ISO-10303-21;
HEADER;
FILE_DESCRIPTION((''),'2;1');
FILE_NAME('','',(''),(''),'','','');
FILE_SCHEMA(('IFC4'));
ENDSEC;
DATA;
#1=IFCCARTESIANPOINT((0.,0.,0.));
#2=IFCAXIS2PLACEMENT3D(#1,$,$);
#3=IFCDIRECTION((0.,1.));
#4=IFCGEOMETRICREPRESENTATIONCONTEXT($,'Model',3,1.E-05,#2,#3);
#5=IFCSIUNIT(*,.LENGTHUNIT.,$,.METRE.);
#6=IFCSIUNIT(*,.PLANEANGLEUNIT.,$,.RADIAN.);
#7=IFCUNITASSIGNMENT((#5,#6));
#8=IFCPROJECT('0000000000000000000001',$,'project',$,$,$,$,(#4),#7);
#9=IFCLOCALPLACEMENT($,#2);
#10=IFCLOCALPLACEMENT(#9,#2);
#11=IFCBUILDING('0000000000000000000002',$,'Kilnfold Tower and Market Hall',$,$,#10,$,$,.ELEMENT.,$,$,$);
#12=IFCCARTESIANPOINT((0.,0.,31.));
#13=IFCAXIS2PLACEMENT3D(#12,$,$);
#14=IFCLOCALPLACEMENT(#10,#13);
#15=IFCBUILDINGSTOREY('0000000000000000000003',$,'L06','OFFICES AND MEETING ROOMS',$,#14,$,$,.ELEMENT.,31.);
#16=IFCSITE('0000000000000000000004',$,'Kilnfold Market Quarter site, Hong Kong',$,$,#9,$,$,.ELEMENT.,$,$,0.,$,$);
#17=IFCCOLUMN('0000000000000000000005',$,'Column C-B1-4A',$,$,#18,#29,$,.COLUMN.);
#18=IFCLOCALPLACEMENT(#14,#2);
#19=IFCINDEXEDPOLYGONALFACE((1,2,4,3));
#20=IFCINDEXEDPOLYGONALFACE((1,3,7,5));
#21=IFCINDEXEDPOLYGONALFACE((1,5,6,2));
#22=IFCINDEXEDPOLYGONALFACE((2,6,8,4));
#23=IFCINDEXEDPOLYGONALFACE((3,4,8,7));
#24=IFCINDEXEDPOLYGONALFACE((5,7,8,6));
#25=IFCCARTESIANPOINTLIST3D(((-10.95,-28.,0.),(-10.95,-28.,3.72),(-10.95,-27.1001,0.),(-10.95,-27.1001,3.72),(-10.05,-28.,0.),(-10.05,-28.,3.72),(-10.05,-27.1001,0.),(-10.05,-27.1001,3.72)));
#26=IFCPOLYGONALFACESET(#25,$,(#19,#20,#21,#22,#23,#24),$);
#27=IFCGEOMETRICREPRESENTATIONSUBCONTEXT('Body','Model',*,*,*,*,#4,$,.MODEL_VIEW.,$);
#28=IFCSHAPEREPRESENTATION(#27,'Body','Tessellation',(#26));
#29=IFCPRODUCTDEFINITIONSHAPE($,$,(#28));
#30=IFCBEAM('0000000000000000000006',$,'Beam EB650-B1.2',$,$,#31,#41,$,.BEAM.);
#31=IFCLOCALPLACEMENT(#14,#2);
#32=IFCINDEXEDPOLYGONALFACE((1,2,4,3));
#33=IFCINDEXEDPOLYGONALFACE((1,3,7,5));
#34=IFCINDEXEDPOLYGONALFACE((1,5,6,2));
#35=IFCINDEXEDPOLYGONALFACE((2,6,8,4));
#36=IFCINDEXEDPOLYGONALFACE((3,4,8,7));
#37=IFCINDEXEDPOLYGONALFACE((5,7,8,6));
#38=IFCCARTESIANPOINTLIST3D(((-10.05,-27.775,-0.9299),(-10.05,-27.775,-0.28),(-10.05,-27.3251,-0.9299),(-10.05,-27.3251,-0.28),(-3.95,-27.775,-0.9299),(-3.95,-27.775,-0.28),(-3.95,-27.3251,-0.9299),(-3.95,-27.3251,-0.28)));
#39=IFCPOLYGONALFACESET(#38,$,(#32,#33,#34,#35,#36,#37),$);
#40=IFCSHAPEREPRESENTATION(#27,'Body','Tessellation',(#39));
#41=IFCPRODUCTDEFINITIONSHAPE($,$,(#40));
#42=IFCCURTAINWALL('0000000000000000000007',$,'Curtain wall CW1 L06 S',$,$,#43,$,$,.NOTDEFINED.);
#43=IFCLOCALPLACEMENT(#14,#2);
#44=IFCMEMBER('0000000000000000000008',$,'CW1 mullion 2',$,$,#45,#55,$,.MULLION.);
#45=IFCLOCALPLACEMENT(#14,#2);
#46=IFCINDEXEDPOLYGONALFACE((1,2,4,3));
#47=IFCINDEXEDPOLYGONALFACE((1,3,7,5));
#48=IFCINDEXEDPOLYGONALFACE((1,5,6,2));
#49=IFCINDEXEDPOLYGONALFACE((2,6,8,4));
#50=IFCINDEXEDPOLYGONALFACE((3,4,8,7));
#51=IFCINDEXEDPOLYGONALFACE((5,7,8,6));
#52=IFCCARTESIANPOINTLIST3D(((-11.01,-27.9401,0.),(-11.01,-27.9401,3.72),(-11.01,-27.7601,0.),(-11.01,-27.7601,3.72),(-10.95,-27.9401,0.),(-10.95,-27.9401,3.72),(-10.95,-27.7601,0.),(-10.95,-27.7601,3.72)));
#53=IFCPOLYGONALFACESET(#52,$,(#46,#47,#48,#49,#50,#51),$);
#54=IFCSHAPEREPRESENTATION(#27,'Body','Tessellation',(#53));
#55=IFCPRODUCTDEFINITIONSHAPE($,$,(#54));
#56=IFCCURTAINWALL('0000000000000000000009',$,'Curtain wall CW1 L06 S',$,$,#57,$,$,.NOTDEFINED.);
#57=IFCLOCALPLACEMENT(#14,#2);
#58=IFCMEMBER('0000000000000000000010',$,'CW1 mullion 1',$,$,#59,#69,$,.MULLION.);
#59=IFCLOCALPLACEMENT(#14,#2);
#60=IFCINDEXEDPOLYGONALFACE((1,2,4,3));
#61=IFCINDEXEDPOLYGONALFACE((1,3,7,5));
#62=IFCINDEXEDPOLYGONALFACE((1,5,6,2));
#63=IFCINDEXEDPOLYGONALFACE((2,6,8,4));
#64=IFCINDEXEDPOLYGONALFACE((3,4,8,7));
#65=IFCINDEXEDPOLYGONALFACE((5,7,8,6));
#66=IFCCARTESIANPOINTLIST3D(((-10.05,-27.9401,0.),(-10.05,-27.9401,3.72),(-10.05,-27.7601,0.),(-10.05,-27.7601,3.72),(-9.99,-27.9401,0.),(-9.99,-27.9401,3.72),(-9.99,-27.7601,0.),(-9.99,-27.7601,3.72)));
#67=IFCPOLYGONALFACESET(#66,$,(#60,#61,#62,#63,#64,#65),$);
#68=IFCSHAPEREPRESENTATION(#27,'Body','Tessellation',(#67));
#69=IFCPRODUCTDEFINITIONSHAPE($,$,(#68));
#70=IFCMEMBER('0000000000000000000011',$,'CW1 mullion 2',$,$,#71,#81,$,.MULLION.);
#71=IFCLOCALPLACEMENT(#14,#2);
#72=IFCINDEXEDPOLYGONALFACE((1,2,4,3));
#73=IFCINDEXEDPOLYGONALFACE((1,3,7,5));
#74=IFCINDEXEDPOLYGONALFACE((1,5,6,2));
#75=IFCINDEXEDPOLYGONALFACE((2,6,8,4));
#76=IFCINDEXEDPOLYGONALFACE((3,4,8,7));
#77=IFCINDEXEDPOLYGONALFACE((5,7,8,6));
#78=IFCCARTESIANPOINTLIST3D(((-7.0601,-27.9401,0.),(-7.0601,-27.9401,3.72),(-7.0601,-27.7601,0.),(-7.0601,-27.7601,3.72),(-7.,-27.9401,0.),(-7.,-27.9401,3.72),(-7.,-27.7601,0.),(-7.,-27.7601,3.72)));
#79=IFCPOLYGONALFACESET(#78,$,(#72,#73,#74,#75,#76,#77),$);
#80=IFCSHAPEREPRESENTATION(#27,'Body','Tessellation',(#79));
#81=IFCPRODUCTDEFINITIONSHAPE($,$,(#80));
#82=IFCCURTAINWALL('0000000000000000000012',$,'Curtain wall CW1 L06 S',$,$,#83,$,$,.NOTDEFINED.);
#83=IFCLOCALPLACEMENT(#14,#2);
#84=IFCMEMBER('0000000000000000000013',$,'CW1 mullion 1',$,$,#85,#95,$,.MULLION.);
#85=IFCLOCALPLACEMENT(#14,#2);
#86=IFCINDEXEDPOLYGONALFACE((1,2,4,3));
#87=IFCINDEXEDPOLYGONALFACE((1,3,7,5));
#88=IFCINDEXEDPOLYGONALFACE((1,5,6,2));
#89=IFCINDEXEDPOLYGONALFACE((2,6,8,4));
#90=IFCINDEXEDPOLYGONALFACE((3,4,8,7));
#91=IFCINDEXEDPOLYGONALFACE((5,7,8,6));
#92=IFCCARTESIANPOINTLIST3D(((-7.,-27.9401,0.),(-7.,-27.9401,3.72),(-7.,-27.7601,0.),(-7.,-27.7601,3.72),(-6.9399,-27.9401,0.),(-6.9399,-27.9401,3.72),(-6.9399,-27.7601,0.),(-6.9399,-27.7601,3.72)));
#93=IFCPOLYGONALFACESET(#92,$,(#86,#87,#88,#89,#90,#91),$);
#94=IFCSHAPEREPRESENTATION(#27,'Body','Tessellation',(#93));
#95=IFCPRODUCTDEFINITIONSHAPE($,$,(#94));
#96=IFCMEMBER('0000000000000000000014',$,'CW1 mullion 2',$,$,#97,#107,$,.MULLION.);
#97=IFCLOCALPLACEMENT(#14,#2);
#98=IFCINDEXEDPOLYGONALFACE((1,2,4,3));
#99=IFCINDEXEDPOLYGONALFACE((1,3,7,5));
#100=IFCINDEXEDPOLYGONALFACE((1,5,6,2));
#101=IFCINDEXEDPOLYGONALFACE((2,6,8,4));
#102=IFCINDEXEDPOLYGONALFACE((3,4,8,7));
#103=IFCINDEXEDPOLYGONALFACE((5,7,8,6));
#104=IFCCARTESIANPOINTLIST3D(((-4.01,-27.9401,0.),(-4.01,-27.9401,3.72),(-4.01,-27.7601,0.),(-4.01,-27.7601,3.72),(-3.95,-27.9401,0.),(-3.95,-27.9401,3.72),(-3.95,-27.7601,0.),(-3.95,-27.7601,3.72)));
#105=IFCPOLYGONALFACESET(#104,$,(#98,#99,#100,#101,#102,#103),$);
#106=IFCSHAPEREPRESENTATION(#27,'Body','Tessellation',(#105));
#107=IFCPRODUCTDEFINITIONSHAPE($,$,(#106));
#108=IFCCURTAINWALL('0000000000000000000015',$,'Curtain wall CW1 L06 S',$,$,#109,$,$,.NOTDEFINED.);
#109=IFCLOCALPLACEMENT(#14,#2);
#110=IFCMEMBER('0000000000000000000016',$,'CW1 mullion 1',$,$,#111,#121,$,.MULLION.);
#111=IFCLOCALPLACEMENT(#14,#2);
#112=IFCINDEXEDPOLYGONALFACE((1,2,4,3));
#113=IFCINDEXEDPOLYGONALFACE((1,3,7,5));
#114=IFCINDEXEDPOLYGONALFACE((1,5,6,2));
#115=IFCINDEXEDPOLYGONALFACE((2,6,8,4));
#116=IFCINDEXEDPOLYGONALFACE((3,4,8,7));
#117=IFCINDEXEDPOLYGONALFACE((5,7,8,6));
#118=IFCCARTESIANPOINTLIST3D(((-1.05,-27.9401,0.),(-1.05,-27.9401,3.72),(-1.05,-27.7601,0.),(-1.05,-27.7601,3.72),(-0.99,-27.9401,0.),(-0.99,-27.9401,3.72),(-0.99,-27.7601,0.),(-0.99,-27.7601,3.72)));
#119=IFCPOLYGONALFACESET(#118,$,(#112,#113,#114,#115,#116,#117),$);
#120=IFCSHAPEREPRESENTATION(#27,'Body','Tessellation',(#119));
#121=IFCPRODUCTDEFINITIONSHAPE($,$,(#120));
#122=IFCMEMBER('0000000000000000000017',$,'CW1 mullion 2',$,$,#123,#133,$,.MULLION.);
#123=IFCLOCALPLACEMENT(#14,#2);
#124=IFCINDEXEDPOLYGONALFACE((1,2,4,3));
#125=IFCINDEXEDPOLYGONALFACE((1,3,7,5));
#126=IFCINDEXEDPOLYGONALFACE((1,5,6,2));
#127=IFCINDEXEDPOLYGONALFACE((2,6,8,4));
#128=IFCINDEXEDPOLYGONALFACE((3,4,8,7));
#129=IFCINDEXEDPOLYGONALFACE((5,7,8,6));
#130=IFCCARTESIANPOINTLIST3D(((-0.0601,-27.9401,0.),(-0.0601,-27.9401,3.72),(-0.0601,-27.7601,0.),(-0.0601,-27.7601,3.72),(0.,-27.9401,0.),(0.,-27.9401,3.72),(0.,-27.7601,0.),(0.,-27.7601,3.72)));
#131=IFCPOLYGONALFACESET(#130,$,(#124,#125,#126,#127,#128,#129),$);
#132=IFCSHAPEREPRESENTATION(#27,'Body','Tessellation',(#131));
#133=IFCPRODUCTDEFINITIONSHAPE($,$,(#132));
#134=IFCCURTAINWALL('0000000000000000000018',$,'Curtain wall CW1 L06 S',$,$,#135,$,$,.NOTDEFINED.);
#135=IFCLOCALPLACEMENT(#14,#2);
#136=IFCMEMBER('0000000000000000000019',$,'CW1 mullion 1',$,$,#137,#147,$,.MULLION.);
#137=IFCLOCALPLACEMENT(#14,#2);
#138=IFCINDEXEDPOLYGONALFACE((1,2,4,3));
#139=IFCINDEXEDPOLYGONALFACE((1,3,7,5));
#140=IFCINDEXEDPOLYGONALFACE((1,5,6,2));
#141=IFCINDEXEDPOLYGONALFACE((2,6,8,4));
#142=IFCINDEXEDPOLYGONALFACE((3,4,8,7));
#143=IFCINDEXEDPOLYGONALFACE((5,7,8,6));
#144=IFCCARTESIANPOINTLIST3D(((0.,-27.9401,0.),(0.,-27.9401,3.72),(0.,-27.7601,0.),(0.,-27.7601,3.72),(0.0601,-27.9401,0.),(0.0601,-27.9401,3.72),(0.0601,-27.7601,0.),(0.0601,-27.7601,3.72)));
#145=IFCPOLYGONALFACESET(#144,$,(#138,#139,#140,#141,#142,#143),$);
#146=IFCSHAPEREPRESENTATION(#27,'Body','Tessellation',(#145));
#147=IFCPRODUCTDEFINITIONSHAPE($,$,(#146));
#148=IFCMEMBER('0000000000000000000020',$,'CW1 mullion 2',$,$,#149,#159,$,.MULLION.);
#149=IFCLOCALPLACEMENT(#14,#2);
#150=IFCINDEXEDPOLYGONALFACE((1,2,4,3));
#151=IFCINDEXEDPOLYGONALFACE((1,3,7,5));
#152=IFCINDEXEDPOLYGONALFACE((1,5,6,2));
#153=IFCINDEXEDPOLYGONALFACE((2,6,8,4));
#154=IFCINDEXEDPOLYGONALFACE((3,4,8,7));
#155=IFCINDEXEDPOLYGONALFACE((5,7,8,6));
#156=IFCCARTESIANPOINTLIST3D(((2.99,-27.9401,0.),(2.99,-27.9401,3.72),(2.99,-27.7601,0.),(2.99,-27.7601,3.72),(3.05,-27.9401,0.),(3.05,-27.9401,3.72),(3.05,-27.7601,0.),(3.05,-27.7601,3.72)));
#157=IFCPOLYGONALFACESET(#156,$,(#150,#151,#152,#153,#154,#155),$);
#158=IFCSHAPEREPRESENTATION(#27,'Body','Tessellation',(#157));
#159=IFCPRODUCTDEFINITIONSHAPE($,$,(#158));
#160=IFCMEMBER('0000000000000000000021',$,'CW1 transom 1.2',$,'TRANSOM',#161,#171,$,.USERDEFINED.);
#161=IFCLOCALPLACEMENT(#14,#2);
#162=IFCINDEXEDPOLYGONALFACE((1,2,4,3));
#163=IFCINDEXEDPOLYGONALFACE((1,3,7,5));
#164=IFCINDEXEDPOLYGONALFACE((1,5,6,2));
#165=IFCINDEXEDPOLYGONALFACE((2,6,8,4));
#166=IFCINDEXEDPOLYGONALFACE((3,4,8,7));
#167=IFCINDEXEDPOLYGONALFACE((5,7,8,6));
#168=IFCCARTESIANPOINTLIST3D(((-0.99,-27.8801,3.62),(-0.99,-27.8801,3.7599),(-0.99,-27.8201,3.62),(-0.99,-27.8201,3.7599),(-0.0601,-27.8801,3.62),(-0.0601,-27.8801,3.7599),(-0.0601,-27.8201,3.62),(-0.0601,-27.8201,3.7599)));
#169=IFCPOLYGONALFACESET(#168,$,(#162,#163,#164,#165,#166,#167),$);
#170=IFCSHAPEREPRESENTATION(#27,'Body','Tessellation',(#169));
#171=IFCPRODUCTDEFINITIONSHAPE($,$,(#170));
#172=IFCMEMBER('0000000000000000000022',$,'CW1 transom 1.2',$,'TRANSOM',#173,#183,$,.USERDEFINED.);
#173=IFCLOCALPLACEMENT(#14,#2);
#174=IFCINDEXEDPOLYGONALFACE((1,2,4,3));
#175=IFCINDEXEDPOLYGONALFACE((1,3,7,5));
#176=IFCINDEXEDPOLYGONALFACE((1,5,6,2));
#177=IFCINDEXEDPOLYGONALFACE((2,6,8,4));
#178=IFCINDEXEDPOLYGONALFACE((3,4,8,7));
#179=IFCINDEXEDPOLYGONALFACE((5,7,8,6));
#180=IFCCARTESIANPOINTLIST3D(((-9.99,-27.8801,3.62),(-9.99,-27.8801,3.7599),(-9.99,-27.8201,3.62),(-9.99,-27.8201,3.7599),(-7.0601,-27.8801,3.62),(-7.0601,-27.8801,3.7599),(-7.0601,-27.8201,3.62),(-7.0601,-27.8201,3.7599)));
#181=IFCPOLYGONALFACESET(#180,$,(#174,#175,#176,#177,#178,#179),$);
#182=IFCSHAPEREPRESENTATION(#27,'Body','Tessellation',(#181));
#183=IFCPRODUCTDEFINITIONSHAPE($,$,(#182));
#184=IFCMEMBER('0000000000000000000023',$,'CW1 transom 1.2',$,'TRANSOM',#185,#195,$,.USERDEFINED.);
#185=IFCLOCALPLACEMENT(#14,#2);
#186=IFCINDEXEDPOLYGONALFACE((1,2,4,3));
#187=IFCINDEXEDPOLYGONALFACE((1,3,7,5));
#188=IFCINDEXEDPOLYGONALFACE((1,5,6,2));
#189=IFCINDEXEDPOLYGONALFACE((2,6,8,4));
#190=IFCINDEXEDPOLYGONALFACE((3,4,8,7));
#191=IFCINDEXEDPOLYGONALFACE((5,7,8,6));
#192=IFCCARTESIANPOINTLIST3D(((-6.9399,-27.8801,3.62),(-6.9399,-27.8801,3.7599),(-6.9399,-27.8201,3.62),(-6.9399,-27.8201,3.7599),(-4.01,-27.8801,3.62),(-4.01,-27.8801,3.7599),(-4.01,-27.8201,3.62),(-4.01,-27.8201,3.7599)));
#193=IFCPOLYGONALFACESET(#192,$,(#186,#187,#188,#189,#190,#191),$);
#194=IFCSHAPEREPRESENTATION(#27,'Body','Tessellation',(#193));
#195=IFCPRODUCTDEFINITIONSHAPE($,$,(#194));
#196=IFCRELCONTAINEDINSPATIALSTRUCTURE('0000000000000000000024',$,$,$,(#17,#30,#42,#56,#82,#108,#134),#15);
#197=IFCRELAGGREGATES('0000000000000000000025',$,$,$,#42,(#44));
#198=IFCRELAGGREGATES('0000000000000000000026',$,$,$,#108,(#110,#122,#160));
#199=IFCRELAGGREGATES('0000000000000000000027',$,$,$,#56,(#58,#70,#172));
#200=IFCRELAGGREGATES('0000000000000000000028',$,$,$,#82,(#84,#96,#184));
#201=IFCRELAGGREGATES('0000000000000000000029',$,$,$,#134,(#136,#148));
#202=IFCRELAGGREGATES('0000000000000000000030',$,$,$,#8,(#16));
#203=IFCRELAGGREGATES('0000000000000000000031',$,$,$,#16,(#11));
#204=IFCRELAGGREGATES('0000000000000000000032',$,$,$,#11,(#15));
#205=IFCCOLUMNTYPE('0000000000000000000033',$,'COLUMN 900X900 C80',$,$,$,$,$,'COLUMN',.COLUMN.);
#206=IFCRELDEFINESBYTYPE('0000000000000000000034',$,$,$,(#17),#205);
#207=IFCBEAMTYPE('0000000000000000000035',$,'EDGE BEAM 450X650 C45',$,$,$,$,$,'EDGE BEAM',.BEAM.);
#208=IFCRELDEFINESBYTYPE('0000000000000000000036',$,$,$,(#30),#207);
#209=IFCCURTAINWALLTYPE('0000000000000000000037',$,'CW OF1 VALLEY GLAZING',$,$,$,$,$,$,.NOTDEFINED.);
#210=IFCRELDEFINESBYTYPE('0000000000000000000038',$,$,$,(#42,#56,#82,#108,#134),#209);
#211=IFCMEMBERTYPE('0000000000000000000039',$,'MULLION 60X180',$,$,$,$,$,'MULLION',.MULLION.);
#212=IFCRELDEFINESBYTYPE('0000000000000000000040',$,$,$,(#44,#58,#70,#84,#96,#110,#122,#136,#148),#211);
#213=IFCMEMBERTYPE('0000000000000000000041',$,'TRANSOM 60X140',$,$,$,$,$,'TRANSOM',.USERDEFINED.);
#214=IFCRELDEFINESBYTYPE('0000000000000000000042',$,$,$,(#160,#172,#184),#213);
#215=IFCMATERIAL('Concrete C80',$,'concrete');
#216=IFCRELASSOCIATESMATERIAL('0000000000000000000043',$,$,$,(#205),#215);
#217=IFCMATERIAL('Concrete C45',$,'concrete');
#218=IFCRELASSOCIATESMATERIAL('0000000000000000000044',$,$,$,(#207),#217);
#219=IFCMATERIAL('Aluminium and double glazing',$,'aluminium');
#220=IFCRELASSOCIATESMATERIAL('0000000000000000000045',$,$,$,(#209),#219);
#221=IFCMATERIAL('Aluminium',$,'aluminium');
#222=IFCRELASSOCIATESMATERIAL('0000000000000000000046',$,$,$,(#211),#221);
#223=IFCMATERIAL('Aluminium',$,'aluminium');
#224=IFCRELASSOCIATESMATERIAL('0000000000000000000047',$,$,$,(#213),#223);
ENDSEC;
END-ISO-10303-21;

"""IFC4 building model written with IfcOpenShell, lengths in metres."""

from ifc_helpers import new_model, si_unit, direction, frame, origin, origin_2d, place, context, subcontext, project, spatial, rectangle, extrude, source, transform, mapped, material, material_profile, profile_set, type_object, element, aggregate, save


model = new_model("IFC4")

# Units and contexts
model_context = context("Model", 3, precision=1e-05, world=origin(), true_north=direction((0.0, 1.0)))
body_context = subcontext(model_context, "Body", "Model", "MODEL_VIEW")
ifc_project = project(units=[si_unit("LENGTHUNIT", "METRE"), si_unit("PLANEANGLEUNIT", "RADIAN")], contexts=[model_context])

# Site, building, storey
site_placement = place(None, origin())
site = spatial("IfcSite", under=ifc_project, at=site_placement, Name="Kilnfold Market Quarter site, Hong Kong", CompositionType="ELEMENT", RefElevation=0.0)
building_placement = place(site_placement, origin())
building = spatial("IfcBuilding", under=site, at=building_placement, Name="Kilnfold Tower and Market Hall", CompositionType="ELEMENT")
storey_placement = place(building_placement, frame((0.0, 0.0, 31.0)))
storey = spatial("IfcBuildingStorey", under=building, at=storey_placement, Name="L06", Description="OFFICES AND MEETING ROOMS", CompositionType="ELEMENT", Elevation=31.0)

# Column
ifc_material_1 = material(Name="Concrete C80", Category="concrete")
ifc_material_profile_1 = material_profile(ifc_material_1, rectangle(XDim=0.8999, YDim=0.8999, at=origin_2d()), Name="RC 900x900")
ifc_profile_set_1 = profile_set([ifc_material_profile_1], Name="Concrete C80")
column_type = type_object("IfcColumnType", Name="COLUMN 900X900 C80", ElementType="COLUMN", PredefinedType="COLUMN", material=ifc_profile_set_1)
shared_shape_1 = source(origin(), body_context, "Body", "SweptSolid", [
    extrude(rectangle(XDim=0.8999, YDim=0.8999, at=origin_2d()), origin(), (0.0, 0.0, 1.0), 3.72),
])
column_placement = place(storey_placement, frame((-10.5, -27.55, 0.0), z_axis=(0.0, 0.0, 1.0), x_axis=(1.0, 0.0, 0.0)))
element("IfcColumn", 1, at=column_placement, inside=storey, type_object=column_type, Name="Column C-B1-4A", PredefinedType="COLUMN", context=body_context, shape_type="MappedRepresentation", body=[
    mapped(shared_shape_1, transform((0.0, 0.0, 0.0))),
])

# Beam
ifc_material_2 = material(Name="Concrete C45", Category="concrete")
ifc_material_profile_2 = material_profile(ifc_material_2, rectangle(XDim=0.45, YDim=0.6499, at=origin_2d()), Name="RC 450x650")
ifc_profile_set_2 = profile_set([ifc_material_profile_2], Name="Concrete C45")
beam_type = type_object("IfcBeamType", Name="EDGE BEAM 450X650 C45", ElementType="EDGE BEAM", PredefinedType="BEAM", material=ifc_profile_set_2)
shared_shape_2 = source(origin(), body_context, "Body", "SweptSolid", [
    extrude(rectangle(XDim=0.45, YDim=0.6499, at=origin_2d()), origin(), (0.0, 0.0, 1.0), 6.1001),
])
beam_placement = place(storey_placement, frame((-10.05, -27.55, -0.605), z_axis=(1.0, 0.0, 0.0), x_axis=(0.0, 1.0, 0.0)))
element("IfcBeam", 2, at=beam_placement, inside=storey, type_object=beam_type, Name="Beam EB650-B1.2", PredefinedType="BEAM", context=body_context, shape_type="MappedRepresentation", body=[
    mapped(shared_shape_2, transform((0.0, 0.0, 0.0))),
])

# Curtain wall, member
ifc_material_3 = material(Name="Aluminium and double glazing", Category="aluminium")
curtain_wall_type = type_object("IfcCurtainWallType", Name="CW OF1 VALLEY GLAZING", PredefinedType="NOTDEFINED", material=ifc_material_3)
curtain_wall_1_placement = place(storey_placement, origin())
curtain_wall_1 = element("IfcCurtainWall", 3, at=curtain_wall_1_placement, inside=storey, type_object=curtain_wall_type, Name="Curtain wall CW1 L06 S", PredefinedType="NOTDEFINED")
ifc_material_4 = material(Name="Aluminium", Category="aluminium")
ifc_material_profile_3 = material_profile(ifc_material_4, rectangle(XDim=0.0601, YDim=0.1799, at=origin_2d()), Name="MULLION 60x180")
ifc_profile_set_3 = profile_set([ifc_material_profile_3], Name="Aluminium")
member_type_1 = type_object("IfcMemberType", Name="MULLION 60X180", ElementType="MULLION", PredefinedType="MULLION", material=ifc_profile_set_3)
shared_shape_3 = source(origin(), body_context, "Body", "SweptSolid", [
    extrude(rectangle(XDim=0.0601, YDim=0.1799, at=origin_2d()), origin(), (0.0, 0.0, 1.0), 3.72),
])
member_1_placement = place(storey_placement, frame((-10.98, -27.8501, 0.0), z_axis=(0.0, 0.0, 1.0), x_axis=(1.0, 0.0, 0.0)))
member_1 = element("IfcMember", 4, at=member_1_placement, type_object=member_type_1, Name="CW1 mullion 2", PredefinedType="MULLION", context=body_context, shape_type="MappedRepresentation", body=[
    mapped(shared_shape_3, transform((0.0, 0.0, 0.0))),
])
aggregate(curtain_wall_1, [member_1])

# Curtain walls, members
curtain_wall_2_placement = place(storey_placement, origin())
curtain_wall_2 = element("IfcCurtainWall", 5, at=curtain_wall_2_placement, inside=storey, type_object=curtain_wall_type, Name="Curtain wall CW1 L06 S", PredefinedType="NOTDEFINED")
member_2_placement = place(storey_placement, frame((-10.02, -27.8501, 0.0), z_axis=(0.0, 0.0, 1.0), x_axis=(1.0, 0.0, 0.0)))
member_2 = element("IfcMember", 6, at=member_2_placement, type_object=member_type_1, Name="CW1 mullion 1", PredefinedType="MULLION", context=body_context, shape_type="MappedRepresentation", body=[
    mapped(shared_shape_3, transform((0.0, 0.0, 0.0))),
])
member_3_placement = place(storey_placement, frame((-7.03, -27.8501, 0.0), z_axis=(0.0, 0.0, 1.0), x_axis=(1.0, 0.0, 0.0)))
member_3 = element("IfcMember", 7, at=member_3_placement, type_object=member_type_1, Name="CW1 mullion 2", PredefinedType="MULLION", context=body_context, shape_type="MappedRepresentation", body=[
    mapped(shared_shape_3, transform((0.0, 0.0, 0.0))),
])
curtain_wall_3_placement = place(storey_placement, origin())
curtain_wall_3 = element("IfcCurtainWall", 8, at=curtain_wall_3_placement, inside=storey, type_object=curtain_wall_type, Name="Curtain wall CW1 L06 S", PredefinedType="NOTDEFINED")
member_4_placement = place(storey_placement, frame((-6.97, -27.8501, 0.0), z_axis=(0.0, 0.0, 1.0), x_axis=(1.0, 0.0, 0.0)))
member_4 = element("IfcMember", 9, at=member_4_placement, type_object=member_type_1, Name="CW1 mullion 1", PredefinedType="MULLION", context=body_context, shape_type="MappedRepresentation", body=[
    mapped(shared_shape_3, transform((0.0, 0.0, 0.0))),
])
member_5_placement = place(storey_placement, frame((-3.98, -27.8501, 0.0), z_axis=(0.0, 0.0, 1.0), x_axis=(1.0, 0.0, 0.0)))
member_5 = element("IfcMember", 10, at=member_5_placement, type_object=member_type_1, Name="CW1 mullion 2", PredefinedType="MULLION", context=body_context, shape_type="MappedRepresentation", body=[
    mapped(shared_shape_3, transform((0.0, 0.0, 0.0))),
])
curtain_wall_4_placement = place(storey_placement, origin())
curtain_wall_4 = element("IfcCurtainWall", 11, at=curtain_wall_4_placement, inside=storey, type_object=curtain_wall_type, Name="Curtain wall CW1 L06 S", PredefinedType="NOTDEFINED")
member_6_placement = place(storey_placement, frame((-1.02, -27.8501, 0.0), z_axis=(0.0, 0.0, 1.0), x_axis=(1.0, 0.0, 0.0)))
member_6 = element("IfcMember", 12, at=member_6_placement, type_object=member_type_1, Name="CW1 mullion 1", PredefinedType="MULLION", context=body_context, shape_type="MappedRepresentation", body=[
    mapped(shared_shape_3, transform((0.0, 0.0, 0.0))),
])
member_7_placement = place(storey_placement, frame((-0.03, -27.8501, 0.0), z_axis=(0.0, 0.0, 1.0), x_axis=(1.0, 0.0, 0.0)))
member_7 = element("IfcMember", 13, at=member_7_placement, type_object=member_type_1, Name="CW1 mullion 2", PredefinedType="MULLION", context=body_context, shape_type="MappedRepresentation", body=[
    mapped(shared_shape_3, transform((0.0, 0.0, 0.0))),
])
curtain_wall_5_placement = place(storey_placement, origin())
curtain_wall_5 = element("IfcCurtainWall", 14, at=curtain_wall_5_placement, inside=storey, type_object=curtain_wall_type, Name="Curtain wall CW1 L06 S", PredefinedType="NOTDEFINED")
member_8_placement = place(storey_placement, frame((0.03, -27.8501, 0.0), z_axis=(0.0, 0.0, 1.0), x_axis=(1.0, 0.0, 0.0)))
member_8 = element("IfcMember", 15, at=member_8_placement, type_object=member_type_1, Name="CW1 mullion 1", PredefinedType="MULLION", context=body_context, shape_type="MappedRepresentation", body=[
    mapped(shared_shape_3, transform((0.0, 0.0, 0.0))),
])
member_9_placement = place(storey_placement, frame((3.02, -27.8501, 0.0), z_axis=(0.0, 0.0, 1.0), x_axis=(1.0, 0.0, 0.0)))
member_9 = element("IfcMember", 16, at=member_9_placement, type_object=member_type_1, Name="CW1 mullion 2", PredefinedType="MULLION", context=body_context, shape_type="MappedRepresentation", body=[
    mapped(shared_shape_3, transform((0.0, 0.0, 0.0))),
])

# Members
ifc_material_5 = material(Name="Aluminium", Category="aluminium")
ifc_material_profile_4 = material_profile(ifc_material_5, rectangle(XDim=0.0601, YDim=0.1399, at=origin_2d()), Name="TRANSOM 60x140")
ifc_profile_set_4 = profile_set([ifc_material_profile_4], Name="Aluminium")
member_type_2 = type_object("IfcMemberType", Name="TRANSOM 60X140", ElementType="TRANSOM", PredefinedType="USERDEFINED", material=ifc_profile_set_4)
shared_shape_4 = source(origin(), body_context, "Body", "SweptSolid", [
    extrude(rectangle(XDim=0.0601, YDim=0.1399, at=origin_2d()), origin(), (0.0, 0.0, 1.0), 0.9299),
])
member_10_placement = place(storey_placement, frame((-0.99, -27.8501, 3.6899), z_axis=(1.0, 0.0, 0.0), x_axis=(0.0, 1.0, 0.0)))
member_10 = element("IfcMember", 17, at=member_10_placement, type_object=member_type_2, Name="CW1 transom 1.2", ObjectType="TRANSOM", PredefinedType="USERDEFINED", context=body_context, shape_type="MappedRepresentation", body=[
    mapped(shared_shape_4, transform((0.0, 0.0, 0.0))),
])
shared_shape_5 = source(origin(), body_context, "Body", "SweptSolid", [
    extrude(rectangle(XDim=0.0601, YDim=0.1399, at=origin_2d()), origin(), (0.0, 0.0, 1.0), 2.9299),
])
member_11_placement = place(storey_placement, frame((-9.99, -27.8501, 3.6899), z_axis=(1.0, 0.0, 0.0), x_axis=(0.0, 1.0, 0.0)))
member_11 = element("IfcMember", 18, at=member_11_placement, type_object=member_type_2, Name="CW1 transom 1.2", ObjectType="TRANSOM", PredefinedType="USERDEFINED", context=body_context, shape_type="MappedRepresentation", body=[
    mapped(shared_shape_5, transform((0.0, 0.0, 0.0))),
])
member_12_placement = place(storey_placement, frame((-6.9399, -27.8501, 3.6899), z_axis=(1.0, 0.0, 0.0), x_axis=(0.0, 1.0, 0.0)))
member_12 = element("IfcMember", 19, at=member_12_placement, type_object=member_type_2, Name="CW1 transom 1.2", ObjectType="TRANSOM", PredefinedType="USERDEFINED", context=body_context, shape_type="MappedRepresentation", body=[
    mapped(shared_shape_5, transform((0.0, 0.0, 0.0))),
])

aggregate(curtain_wall_4, [member_6, member_7, member_10])
aggregate(curtain_wall_2, [member_2, member_3, member_11])
aggregate(curtain_wall_3, [member_4, member_5, member_12])
aggregate(curtain_wall_5, [member_8, member_9])

save(model, "model.ifc")
